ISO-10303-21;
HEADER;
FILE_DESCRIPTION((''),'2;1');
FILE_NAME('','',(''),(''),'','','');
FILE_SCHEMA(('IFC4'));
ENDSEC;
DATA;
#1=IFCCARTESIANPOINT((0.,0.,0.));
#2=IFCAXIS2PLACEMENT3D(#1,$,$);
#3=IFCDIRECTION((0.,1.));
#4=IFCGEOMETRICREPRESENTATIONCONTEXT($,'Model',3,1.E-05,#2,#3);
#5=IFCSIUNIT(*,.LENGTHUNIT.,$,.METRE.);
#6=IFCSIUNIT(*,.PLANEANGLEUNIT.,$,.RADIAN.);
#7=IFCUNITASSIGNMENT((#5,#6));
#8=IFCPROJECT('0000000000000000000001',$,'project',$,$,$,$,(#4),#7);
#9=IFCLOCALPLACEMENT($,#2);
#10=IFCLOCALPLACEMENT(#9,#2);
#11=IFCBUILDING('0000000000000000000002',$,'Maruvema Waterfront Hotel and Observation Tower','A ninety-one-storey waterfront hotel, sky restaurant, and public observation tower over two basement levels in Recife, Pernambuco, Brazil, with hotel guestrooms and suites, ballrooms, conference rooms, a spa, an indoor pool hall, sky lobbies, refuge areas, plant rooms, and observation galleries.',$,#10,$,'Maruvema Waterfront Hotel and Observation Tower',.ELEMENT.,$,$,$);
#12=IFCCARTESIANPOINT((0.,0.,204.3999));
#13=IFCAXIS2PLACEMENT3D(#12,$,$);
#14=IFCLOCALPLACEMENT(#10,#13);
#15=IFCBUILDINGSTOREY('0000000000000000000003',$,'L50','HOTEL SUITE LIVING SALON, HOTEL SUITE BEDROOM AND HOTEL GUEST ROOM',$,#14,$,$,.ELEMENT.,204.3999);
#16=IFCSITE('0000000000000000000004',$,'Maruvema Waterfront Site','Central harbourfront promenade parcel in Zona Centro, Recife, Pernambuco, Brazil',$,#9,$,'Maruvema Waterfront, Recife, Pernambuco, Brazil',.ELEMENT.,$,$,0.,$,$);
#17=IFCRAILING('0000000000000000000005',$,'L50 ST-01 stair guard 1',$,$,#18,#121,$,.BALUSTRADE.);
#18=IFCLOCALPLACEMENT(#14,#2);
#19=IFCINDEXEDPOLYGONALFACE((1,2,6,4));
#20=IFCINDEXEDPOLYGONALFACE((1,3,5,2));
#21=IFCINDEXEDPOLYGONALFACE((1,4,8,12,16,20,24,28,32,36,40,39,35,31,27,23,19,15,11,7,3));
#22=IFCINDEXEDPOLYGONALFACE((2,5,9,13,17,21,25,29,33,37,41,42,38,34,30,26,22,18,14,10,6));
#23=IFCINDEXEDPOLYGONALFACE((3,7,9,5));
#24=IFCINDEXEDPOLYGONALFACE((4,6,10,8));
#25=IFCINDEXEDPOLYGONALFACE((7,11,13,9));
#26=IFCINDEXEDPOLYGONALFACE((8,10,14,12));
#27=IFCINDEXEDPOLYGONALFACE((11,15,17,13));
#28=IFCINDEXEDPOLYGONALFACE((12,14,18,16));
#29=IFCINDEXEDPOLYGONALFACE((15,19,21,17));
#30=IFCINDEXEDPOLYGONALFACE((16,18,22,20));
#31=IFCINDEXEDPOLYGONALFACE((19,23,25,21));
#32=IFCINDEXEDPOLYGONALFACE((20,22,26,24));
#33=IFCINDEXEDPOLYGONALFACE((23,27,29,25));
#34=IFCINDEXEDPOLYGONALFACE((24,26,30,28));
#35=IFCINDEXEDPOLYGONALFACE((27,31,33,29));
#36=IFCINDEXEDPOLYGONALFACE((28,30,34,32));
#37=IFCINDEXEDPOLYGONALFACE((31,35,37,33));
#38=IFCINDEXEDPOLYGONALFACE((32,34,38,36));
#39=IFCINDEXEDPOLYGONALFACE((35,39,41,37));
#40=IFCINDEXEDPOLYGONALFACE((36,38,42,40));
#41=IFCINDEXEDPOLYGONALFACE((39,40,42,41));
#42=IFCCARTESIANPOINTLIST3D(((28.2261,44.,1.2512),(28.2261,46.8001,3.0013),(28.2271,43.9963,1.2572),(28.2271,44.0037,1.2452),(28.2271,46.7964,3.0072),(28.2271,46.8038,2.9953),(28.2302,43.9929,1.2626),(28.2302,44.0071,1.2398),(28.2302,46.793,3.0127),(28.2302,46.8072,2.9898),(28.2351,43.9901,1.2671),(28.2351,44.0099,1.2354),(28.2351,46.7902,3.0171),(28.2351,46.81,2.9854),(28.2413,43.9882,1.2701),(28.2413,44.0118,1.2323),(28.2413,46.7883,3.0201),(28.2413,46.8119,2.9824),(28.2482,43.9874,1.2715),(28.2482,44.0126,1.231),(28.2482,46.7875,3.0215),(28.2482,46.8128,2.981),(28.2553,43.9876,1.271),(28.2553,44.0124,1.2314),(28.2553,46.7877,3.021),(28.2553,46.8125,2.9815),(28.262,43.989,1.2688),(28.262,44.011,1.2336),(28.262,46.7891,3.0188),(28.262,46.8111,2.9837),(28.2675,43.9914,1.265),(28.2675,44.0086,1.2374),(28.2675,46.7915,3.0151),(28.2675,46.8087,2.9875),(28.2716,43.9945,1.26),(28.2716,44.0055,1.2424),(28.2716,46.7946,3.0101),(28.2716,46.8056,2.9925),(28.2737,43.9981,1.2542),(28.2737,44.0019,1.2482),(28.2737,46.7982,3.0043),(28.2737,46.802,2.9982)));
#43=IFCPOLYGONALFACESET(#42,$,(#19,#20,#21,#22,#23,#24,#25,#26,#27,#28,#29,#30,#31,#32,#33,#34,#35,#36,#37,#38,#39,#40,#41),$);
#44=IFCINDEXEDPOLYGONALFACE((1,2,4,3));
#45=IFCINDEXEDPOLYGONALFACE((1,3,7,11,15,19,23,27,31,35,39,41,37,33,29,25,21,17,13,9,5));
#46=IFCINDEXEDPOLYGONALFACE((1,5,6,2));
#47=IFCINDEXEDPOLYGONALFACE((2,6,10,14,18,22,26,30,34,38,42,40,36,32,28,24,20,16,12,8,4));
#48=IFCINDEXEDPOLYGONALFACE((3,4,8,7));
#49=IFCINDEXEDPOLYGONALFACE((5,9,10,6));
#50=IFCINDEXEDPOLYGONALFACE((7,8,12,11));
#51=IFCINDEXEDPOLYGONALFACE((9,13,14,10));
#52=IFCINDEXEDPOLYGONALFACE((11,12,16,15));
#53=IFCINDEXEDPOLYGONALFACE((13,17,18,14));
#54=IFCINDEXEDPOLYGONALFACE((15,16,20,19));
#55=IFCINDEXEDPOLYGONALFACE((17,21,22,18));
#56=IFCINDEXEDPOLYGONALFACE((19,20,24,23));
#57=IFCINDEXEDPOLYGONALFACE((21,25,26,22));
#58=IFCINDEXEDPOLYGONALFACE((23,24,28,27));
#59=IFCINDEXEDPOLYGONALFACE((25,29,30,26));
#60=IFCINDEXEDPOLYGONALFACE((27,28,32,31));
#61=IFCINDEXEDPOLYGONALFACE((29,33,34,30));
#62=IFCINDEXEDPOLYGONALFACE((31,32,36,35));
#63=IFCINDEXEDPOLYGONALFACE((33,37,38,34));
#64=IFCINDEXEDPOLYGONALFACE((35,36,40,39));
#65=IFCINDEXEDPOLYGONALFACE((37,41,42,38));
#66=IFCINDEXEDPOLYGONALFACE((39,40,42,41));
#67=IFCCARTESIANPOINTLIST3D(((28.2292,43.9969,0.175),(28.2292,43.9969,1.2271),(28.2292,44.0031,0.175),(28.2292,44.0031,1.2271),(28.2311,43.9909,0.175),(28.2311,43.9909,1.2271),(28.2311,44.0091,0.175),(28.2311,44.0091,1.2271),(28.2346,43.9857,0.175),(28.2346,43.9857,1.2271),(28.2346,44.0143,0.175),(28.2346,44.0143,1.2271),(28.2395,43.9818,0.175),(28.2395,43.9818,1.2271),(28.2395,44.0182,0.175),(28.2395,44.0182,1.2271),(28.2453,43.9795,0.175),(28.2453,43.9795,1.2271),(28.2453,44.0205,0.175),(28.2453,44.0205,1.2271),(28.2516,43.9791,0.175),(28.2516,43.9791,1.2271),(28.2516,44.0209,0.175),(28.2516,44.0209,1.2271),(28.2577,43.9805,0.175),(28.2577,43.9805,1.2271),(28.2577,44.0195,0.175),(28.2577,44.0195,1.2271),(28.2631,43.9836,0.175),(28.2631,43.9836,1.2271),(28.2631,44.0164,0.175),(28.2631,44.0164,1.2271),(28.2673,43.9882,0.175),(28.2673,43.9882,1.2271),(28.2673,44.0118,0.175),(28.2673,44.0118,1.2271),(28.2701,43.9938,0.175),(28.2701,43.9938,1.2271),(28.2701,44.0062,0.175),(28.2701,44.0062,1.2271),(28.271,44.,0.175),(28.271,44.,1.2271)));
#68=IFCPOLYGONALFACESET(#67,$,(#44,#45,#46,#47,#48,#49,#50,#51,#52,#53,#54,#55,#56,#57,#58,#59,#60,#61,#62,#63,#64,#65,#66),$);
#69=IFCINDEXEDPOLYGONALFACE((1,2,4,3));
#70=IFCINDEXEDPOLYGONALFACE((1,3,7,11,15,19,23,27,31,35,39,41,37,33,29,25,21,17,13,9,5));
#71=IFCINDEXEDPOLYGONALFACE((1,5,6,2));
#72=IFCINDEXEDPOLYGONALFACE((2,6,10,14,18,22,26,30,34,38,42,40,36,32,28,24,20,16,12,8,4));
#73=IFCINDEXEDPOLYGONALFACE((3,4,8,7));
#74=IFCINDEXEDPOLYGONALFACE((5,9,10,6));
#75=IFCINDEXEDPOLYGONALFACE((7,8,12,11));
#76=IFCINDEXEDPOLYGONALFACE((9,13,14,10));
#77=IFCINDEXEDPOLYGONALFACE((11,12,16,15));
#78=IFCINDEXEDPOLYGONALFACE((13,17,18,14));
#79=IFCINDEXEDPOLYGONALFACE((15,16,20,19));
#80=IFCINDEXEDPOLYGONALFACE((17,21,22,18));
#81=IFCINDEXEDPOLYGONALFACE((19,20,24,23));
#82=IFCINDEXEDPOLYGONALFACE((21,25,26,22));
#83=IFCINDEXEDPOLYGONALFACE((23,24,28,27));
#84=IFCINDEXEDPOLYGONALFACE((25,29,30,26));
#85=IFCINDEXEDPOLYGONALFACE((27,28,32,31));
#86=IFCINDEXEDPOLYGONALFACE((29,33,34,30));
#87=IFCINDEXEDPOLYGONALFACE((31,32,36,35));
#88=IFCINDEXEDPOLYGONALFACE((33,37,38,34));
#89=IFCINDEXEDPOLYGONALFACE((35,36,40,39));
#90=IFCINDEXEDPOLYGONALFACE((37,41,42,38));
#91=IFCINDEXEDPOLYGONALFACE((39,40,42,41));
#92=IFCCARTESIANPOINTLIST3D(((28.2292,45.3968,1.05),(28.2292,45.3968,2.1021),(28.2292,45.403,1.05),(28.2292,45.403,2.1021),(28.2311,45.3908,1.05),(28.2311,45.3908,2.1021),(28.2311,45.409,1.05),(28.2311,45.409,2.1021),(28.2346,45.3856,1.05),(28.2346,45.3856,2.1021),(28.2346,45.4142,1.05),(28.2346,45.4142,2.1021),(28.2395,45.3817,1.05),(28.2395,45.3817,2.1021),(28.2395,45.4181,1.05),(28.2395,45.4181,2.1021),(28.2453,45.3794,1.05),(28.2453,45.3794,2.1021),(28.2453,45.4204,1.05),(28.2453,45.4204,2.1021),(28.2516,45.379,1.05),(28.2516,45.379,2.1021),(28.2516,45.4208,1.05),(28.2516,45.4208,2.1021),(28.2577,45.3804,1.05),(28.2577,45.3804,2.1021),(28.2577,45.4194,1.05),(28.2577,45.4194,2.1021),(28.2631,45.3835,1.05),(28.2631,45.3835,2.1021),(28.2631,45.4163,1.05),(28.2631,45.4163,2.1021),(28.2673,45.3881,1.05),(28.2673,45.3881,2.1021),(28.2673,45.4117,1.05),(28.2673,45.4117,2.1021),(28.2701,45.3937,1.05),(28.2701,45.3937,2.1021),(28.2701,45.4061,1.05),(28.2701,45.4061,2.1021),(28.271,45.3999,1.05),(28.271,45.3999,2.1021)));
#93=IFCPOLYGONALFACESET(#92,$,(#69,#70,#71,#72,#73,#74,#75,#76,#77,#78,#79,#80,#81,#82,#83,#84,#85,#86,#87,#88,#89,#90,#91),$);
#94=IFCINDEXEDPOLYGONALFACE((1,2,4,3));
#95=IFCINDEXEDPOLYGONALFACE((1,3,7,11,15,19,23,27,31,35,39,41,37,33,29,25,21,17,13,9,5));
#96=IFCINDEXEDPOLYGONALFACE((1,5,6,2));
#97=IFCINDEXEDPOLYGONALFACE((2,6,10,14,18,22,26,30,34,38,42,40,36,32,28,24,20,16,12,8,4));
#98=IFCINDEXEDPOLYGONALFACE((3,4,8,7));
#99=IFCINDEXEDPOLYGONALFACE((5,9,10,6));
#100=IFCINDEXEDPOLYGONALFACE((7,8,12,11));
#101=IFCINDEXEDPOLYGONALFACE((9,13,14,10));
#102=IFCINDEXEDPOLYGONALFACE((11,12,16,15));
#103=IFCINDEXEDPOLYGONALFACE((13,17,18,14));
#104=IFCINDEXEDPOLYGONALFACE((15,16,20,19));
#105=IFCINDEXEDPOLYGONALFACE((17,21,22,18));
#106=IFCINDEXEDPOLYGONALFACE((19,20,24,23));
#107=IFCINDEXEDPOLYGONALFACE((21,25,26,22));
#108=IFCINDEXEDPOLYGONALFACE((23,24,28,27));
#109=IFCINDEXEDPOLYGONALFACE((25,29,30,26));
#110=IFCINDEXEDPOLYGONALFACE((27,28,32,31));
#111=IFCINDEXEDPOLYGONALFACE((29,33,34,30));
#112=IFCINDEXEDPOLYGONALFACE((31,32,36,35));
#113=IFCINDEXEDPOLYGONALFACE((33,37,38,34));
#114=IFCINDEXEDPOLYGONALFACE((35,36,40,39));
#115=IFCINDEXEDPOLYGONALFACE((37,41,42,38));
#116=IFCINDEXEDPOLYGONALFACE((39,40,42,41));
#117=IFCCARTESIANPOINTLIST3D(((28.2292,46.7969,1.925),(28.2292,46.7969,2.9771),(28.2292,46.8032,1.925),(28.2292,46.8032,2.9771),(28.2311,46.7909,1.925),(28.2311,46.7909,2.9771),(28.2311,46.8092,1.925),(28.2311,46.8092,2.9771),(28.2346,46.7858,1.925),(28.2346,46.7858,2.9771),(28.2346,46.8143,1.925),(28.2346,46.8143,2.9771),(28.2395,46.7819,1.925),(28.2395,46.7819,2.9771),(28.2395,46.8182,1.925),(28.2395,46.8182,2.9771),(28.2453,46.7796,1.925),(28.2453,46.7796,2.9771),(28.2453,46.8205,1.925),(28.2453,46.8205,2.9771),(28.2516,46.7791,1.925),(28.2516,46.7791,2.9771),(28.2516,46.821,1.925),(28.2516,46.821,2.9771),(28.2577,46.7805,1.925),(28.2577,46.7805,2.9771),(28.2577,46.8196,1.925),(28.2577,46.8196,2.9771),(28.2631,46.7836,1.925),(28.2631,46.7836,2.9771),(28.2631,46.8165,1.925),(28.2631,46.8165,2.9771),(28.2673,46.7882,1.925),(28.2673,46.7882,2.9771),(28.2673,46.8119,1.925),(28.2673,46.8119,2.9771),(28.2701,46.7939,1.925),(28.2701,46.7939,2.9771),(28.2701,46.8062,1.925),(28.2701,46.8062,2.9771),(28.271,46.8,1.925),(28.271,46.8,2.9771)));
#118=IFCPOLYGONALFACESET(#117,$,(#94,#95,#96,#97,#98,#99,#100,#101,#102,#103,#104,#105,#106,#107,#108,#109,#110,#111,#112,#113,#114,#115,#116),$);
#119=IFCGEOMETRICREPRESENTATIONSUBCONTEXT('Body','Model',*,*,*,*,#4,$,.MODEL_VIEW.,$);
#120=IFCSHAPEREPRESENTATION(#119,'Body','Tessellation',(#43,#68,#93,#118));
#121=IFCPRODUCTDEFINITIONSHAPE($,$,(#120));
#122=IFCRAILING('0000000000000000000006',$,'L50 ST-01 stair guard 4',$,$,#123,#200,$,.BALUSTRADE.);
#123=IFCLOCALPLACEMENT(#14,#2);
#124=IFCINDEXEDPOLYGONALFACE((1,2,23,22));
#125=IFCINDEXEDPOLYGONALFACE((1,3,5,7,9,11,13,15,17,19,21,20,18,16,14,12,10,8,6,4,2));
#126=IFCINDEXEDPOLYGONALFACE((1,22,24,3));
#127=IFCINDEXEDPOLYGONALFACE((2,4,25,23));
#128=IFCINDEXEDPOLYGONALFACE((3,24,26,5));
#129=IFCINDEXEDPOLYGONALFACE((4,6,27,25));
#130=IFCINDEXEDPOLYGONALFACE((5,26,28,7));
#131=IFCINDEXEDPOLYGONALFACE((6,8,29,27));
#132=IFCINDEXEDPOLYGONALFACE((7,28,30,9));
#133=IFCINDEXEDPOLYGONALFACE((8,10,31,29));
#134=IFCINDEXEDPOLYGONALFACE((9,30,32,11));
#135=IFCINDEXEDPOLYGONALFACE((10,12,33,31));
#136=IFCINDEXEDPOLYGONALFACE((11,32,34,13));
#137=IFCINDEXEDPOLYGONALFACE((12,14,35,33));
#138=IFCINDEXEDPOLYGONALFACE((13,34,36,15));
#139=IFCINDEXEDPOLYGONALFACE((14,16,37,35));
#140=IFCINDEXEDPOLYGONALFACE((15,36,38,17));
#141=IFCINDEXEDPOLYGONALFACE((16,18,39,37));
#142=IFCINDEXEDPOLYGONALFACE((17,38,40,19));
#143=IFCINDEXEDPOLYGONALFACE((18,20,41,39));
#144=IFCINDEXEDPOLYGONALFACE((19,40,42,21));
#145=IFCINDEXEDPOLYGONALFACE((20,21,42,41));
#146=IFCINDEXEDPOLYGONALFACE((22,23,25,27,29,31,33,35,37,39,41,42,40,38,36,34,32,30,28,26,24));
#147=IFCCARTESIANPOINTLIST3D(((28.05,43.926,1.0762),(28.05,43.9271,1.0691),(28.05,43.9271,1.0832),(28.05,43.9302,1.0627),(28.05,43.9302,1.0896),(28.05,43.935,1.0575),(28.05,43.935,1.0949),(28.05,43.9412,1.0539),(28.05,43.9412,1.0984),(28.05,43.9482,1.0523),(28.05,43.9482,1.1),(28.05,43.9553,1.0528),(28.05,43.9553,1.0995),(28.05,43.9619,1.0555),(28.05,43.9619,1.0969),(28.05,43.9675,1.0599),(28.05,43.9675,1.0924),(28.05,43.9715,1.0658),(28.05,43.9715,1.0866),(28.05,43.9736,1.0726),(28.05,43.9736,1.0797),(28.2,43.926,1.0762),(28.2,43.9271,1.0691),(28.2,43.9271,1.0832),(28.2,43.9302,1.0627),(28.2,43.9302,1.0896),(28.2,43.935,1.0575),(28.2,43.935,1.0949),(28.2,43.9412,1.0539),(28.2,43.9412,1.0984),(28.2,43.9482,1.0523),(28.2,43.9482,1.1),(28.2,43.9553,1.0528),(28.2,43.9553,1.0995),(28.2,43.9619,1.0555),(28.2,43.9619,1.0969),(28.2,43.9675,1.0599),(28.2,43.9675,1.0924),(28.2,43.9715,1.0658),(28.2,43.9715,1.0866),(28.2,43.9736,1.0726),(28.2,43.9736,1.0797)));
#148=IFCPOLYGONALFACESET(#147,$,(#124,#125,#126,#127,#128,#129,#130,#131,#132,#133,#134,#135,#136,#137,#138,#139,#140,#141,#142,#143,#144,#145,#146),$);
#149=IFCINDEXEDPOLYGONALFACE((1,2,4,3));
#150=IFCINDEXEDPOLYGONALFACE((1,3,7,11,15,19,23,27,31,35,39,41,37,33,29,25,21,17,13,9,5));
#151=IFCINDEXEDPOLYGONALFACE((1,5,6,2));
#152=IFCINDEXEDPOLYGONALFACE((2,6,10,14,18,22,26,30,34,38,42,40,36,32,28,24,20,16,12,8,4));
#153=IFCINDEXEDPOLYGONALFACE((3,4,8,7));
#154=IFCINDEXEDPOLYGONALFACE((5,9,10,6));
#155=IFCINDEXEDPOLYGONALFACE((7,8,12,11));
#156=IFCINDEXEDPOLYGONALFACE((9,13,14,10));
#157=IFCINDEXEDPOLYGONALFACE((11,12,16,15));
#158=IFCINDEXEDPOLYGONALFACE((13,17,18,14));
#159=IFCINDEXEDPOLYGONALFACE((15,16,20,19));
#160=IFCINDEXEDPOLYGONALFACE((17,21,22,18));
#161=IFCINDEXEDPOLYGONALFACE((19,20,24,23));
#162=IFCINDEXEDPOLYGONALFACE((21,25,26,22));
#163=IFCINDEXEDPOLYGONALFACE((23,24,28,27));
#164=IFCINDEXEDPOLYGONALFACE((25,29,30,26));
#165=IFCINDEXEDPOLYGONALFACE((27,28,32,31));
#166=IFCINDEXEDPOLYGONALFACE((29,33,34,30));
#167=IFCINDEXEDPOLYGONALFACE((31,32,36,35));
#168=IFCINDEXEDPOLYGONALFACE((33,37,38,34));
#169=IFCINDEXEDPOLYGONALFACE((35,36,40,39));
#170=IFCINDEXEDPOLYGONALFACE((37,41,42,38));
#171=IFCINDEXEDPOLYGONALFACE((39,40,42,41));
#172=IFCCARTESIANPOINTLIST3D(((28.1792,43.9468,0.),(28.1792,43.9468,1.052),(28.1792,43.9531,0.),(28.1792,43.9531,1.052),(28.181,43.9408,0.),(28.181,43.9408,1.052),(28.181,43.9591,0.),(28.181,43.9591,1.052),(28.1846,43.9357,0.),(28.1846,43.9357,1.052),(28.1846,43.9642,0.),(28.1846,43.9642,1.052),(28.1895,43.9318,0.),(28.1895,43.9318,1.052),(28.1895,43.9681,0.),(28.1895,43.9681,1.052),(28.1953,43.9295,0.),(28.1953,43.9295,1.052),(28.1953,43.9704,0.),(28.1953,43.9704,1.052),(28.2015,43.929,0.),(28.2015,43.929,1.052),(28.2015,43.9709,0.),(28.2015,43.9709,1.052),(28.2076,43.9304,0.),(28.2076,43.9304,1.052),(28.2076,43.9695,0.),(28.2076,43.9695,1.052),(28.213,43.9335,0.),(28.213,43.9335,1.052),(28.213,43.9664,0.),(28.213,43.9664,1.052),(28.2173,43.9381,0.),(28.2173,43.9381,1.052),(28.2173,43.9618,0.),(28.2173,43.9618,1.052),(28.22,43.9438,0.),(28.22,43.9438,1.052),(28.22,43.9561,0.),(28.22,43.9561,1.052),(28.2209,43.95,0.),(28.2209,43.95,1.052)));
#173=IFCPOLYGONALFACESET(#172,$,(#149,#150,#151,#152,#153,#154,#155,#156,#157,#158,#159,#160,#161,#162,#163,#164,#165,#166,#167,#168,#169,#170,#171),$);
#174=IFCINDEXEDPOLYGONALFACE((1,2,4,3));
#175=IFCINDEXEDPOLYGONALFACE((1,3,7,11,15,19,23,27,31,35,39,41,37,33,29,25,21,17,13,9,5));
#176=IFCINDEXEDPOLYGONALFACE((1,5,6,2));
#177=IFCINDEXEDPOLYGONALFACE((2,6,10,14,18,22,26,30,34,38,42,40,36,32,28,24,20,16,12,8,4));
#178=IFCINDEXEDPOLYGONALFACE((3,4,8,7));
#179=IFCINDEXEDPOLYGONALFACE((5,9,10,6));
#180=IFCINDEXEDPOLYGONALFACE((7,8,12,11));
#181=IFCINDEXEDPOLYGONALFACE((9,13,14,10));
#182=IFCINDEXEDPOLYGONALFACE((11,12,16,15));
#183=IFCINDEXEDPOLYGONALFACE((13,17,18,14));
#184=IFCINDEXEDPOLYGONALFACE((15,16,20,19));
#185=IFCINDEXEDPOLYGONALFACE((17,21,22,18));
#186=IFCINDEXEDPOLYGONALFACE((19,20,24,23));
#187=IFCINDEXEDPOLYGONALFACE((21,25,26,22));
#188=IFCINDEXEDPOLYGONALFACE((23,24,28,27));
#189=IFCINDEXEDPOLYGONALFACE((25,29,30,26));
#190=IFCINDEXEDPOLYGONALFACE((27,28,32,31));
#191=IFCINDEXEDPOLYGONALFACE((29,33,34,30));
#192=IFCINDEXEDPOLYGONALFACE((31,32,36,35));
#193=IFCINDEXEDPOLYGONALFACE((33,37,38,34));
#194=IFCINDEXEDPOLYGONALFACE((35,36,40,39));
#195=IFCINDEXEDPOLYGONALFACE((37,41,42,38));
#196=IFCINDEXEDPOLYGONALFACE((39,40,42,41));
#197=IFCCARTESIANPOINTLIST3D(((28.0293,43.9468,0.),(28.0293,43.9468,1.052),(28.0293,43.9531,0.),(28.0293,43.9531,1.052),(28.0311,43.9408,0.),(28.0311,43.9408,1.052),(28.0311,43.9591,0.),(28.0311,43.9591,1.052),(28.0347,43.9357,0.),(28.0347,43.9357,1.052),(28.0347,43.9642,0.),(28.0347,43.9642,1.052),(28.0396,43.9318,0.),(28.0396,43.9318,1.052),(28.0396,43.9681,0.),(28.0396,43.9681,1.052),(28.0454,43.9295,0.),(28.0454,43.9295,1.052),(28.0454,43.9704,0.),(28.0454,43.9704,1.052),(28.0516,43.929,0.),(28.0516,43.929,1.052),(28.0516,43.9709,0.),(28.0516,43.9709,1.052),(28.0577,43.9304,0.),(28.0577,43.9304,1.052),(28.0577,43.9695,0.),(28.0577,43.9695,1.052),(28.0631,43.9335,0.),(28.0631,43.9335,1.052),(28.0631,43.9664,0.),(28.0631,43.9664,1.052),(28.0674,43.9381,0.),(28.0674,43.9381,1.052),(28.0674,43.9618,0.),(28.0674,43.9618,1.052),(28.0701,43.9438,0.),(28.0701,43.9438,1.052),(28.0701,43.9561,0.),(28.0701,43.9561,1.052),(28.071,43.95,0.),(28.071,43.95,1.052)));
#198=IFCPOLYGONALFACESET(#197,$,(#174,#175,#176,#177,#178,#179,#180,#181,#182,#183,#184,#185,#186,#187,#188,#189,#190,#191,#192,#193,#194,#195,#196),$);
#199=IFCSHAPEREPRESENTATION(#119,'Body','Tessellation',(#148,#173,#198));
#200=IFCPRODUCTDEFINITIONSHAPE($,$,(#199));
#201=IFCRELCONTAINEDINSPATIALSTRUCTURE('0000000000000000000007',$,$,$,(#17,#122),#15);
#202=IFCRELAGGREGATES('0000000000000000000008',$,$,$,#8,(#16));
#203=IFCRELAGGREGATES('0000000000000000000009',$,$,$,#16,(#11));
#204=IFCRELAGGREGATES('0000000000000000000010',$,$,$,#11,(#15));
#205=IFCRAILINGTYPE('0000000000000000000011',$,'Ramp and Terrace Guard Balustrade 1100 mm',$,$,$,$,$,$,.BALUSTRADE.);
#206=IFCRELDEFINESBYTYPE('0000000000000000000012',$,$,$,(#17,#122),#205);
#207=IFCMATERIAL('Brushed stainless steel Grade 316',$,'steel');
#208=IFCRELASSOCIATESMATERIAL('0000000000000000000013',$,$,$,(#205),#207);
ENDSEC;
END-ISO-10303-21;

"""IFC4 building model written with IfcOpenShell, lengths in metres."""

from ifc_helpers import new_model, si_unit, direction, frame, origin, origin_2d, place, context, subcontext, project, spatial, circle, extrude, material, type_object, element, save


model = new_model("IFC4")

# Units and contexts
model_context = context("Model", 3, precision=1e-05, world=origin(), true_north=direction((0.0, 1.0)))
body_context = subcontext(model_context, "Body", "Model", "MODEL_VIEW")
ifc_project = project(units=[si_unit("LENGTHUNIT", "METRE"), si_unit("PLANEANGLEUNIT", "RADIAN")], contexts=[model_context])

# Site, building, storey
site_placement = place(None, origin())
site = spatial("IfcSite", under=ifc_project, at=site_placement, Name="Maruvema Waterfront Site", Description="Central harbourfront promenade parcel in Zona Centro, Recife, Pernambuco, Brazil", LongName="Maruvema Waterfront, Recife, Pernambuco, Brazil", CompositionType="ELEMENT", RefElevation=0.0)
building_placement = place(site_placement, origin())
building = spatial("IfcBuilding", under=site, at=building_placement, Name="Maruvema Waterfront Hotel and Observation Tower", Description="A ninety-one-storey waterfront hotel, sky restaurant, and public observation tower over two basement levels in Recife, Pernambuco, Brazil, with hotel guestrooms and suites, ballrooms, conference rooms, a spa, an indoor pool hall, sky lobbies, refuge areas, plant rooms, and observation galleries.", LongName="Maruvema Waterfront Hotel and Observation Tower", CompositionType="ELEMENT")
storey_placement = place(building_placement, frame((0.0, 0.0, 204.3999)))
storey = spatial("IfcBuildingStorey", under=building, at=storey_placement, Name="L50", Description="HOTEL SUITE LIVING SALON, HOTEL SUITE BEDROOM AND HOTEL GUEST ROOM", CompositionType="ELEMENT", Elevation=204.3999)

# Railings
ifc_material_1 = material(Name="Brushed stainless steel Grade 316", Category="steel")
railing_type_1 = type_object("IfcRailingType", Name="Ramp and Terrace Guard Balustrade 1100 mm", PredefinedType="BALUSTRADE", material=ifc_material_1)
railing_1_placement = place(storey_placement, frame((28.25, 44.0, 0.175)))
element("IfcRailing", 1, at=railing_1_placement, inside=storey, type_object=railing_type_1, Name="L50 ST-01 stair guard 1", PredefinedType="BALUSTRADE", context=body_context, shape_type="SweptSolid", body=[
    extrude(circle(Radius=0.0239, at=origin_2d()), frame((0.0, 0.0, 1.0762), z_axis=(0.0, 0.848002, 0.529992), x_axis=(-1.0, 0.0, 0.0)), (0.0, 0.0, 1.0), 3.302),
    extrude(circle(Radius=0.021, at=origin_2d()), origin(), (0.0, 0.0, 1.0), 1.052),
    extrude(circle(Radius=0.021, at=origin_2d()), frame((0.0, 1.3999, 0.875)), (0.0, 0.0, 1.0), 1.052),
    extrude(circle(Radius=0.021, at=origin_2d()), frame((0.0, 2.8, 1.75)), (0.0, 0.0, 1.0), 1.052),
])
railing_2_placement = place(storey_placement, frame((28.2, 43.95, 0.0)))
element("IfcRailing", 2, at=railing_2_placement, inside=storey, type_object=railing_type_1, Name="L50 ST-01 stair guard 4", PredefinedType="BALUSTRADE", context=body_context, shape_type="SweptSolid", body=[
    extrude(circle(Radius=0.0239, at=origin_2d()), frame((0.0, 0.0, 1.0762), z_axis=(-1.0, 0.0, 0.0), x_axis=(0.0, -1.0, 0.0)), (0.0, 0.0, 1.0), 0.1499),
    extrude(circle(Radius=0.021, at=origin_2d()), origin(), (0.0, 0.0, 1.0), 1.052),
    extrude(circle(Radius=0.021, at=origin_2d()), frame((-0.1499, 0.0, 0.0)), (0.0, 0.0, 1.0), 1.052),
])

save(model, "model.ifc")
